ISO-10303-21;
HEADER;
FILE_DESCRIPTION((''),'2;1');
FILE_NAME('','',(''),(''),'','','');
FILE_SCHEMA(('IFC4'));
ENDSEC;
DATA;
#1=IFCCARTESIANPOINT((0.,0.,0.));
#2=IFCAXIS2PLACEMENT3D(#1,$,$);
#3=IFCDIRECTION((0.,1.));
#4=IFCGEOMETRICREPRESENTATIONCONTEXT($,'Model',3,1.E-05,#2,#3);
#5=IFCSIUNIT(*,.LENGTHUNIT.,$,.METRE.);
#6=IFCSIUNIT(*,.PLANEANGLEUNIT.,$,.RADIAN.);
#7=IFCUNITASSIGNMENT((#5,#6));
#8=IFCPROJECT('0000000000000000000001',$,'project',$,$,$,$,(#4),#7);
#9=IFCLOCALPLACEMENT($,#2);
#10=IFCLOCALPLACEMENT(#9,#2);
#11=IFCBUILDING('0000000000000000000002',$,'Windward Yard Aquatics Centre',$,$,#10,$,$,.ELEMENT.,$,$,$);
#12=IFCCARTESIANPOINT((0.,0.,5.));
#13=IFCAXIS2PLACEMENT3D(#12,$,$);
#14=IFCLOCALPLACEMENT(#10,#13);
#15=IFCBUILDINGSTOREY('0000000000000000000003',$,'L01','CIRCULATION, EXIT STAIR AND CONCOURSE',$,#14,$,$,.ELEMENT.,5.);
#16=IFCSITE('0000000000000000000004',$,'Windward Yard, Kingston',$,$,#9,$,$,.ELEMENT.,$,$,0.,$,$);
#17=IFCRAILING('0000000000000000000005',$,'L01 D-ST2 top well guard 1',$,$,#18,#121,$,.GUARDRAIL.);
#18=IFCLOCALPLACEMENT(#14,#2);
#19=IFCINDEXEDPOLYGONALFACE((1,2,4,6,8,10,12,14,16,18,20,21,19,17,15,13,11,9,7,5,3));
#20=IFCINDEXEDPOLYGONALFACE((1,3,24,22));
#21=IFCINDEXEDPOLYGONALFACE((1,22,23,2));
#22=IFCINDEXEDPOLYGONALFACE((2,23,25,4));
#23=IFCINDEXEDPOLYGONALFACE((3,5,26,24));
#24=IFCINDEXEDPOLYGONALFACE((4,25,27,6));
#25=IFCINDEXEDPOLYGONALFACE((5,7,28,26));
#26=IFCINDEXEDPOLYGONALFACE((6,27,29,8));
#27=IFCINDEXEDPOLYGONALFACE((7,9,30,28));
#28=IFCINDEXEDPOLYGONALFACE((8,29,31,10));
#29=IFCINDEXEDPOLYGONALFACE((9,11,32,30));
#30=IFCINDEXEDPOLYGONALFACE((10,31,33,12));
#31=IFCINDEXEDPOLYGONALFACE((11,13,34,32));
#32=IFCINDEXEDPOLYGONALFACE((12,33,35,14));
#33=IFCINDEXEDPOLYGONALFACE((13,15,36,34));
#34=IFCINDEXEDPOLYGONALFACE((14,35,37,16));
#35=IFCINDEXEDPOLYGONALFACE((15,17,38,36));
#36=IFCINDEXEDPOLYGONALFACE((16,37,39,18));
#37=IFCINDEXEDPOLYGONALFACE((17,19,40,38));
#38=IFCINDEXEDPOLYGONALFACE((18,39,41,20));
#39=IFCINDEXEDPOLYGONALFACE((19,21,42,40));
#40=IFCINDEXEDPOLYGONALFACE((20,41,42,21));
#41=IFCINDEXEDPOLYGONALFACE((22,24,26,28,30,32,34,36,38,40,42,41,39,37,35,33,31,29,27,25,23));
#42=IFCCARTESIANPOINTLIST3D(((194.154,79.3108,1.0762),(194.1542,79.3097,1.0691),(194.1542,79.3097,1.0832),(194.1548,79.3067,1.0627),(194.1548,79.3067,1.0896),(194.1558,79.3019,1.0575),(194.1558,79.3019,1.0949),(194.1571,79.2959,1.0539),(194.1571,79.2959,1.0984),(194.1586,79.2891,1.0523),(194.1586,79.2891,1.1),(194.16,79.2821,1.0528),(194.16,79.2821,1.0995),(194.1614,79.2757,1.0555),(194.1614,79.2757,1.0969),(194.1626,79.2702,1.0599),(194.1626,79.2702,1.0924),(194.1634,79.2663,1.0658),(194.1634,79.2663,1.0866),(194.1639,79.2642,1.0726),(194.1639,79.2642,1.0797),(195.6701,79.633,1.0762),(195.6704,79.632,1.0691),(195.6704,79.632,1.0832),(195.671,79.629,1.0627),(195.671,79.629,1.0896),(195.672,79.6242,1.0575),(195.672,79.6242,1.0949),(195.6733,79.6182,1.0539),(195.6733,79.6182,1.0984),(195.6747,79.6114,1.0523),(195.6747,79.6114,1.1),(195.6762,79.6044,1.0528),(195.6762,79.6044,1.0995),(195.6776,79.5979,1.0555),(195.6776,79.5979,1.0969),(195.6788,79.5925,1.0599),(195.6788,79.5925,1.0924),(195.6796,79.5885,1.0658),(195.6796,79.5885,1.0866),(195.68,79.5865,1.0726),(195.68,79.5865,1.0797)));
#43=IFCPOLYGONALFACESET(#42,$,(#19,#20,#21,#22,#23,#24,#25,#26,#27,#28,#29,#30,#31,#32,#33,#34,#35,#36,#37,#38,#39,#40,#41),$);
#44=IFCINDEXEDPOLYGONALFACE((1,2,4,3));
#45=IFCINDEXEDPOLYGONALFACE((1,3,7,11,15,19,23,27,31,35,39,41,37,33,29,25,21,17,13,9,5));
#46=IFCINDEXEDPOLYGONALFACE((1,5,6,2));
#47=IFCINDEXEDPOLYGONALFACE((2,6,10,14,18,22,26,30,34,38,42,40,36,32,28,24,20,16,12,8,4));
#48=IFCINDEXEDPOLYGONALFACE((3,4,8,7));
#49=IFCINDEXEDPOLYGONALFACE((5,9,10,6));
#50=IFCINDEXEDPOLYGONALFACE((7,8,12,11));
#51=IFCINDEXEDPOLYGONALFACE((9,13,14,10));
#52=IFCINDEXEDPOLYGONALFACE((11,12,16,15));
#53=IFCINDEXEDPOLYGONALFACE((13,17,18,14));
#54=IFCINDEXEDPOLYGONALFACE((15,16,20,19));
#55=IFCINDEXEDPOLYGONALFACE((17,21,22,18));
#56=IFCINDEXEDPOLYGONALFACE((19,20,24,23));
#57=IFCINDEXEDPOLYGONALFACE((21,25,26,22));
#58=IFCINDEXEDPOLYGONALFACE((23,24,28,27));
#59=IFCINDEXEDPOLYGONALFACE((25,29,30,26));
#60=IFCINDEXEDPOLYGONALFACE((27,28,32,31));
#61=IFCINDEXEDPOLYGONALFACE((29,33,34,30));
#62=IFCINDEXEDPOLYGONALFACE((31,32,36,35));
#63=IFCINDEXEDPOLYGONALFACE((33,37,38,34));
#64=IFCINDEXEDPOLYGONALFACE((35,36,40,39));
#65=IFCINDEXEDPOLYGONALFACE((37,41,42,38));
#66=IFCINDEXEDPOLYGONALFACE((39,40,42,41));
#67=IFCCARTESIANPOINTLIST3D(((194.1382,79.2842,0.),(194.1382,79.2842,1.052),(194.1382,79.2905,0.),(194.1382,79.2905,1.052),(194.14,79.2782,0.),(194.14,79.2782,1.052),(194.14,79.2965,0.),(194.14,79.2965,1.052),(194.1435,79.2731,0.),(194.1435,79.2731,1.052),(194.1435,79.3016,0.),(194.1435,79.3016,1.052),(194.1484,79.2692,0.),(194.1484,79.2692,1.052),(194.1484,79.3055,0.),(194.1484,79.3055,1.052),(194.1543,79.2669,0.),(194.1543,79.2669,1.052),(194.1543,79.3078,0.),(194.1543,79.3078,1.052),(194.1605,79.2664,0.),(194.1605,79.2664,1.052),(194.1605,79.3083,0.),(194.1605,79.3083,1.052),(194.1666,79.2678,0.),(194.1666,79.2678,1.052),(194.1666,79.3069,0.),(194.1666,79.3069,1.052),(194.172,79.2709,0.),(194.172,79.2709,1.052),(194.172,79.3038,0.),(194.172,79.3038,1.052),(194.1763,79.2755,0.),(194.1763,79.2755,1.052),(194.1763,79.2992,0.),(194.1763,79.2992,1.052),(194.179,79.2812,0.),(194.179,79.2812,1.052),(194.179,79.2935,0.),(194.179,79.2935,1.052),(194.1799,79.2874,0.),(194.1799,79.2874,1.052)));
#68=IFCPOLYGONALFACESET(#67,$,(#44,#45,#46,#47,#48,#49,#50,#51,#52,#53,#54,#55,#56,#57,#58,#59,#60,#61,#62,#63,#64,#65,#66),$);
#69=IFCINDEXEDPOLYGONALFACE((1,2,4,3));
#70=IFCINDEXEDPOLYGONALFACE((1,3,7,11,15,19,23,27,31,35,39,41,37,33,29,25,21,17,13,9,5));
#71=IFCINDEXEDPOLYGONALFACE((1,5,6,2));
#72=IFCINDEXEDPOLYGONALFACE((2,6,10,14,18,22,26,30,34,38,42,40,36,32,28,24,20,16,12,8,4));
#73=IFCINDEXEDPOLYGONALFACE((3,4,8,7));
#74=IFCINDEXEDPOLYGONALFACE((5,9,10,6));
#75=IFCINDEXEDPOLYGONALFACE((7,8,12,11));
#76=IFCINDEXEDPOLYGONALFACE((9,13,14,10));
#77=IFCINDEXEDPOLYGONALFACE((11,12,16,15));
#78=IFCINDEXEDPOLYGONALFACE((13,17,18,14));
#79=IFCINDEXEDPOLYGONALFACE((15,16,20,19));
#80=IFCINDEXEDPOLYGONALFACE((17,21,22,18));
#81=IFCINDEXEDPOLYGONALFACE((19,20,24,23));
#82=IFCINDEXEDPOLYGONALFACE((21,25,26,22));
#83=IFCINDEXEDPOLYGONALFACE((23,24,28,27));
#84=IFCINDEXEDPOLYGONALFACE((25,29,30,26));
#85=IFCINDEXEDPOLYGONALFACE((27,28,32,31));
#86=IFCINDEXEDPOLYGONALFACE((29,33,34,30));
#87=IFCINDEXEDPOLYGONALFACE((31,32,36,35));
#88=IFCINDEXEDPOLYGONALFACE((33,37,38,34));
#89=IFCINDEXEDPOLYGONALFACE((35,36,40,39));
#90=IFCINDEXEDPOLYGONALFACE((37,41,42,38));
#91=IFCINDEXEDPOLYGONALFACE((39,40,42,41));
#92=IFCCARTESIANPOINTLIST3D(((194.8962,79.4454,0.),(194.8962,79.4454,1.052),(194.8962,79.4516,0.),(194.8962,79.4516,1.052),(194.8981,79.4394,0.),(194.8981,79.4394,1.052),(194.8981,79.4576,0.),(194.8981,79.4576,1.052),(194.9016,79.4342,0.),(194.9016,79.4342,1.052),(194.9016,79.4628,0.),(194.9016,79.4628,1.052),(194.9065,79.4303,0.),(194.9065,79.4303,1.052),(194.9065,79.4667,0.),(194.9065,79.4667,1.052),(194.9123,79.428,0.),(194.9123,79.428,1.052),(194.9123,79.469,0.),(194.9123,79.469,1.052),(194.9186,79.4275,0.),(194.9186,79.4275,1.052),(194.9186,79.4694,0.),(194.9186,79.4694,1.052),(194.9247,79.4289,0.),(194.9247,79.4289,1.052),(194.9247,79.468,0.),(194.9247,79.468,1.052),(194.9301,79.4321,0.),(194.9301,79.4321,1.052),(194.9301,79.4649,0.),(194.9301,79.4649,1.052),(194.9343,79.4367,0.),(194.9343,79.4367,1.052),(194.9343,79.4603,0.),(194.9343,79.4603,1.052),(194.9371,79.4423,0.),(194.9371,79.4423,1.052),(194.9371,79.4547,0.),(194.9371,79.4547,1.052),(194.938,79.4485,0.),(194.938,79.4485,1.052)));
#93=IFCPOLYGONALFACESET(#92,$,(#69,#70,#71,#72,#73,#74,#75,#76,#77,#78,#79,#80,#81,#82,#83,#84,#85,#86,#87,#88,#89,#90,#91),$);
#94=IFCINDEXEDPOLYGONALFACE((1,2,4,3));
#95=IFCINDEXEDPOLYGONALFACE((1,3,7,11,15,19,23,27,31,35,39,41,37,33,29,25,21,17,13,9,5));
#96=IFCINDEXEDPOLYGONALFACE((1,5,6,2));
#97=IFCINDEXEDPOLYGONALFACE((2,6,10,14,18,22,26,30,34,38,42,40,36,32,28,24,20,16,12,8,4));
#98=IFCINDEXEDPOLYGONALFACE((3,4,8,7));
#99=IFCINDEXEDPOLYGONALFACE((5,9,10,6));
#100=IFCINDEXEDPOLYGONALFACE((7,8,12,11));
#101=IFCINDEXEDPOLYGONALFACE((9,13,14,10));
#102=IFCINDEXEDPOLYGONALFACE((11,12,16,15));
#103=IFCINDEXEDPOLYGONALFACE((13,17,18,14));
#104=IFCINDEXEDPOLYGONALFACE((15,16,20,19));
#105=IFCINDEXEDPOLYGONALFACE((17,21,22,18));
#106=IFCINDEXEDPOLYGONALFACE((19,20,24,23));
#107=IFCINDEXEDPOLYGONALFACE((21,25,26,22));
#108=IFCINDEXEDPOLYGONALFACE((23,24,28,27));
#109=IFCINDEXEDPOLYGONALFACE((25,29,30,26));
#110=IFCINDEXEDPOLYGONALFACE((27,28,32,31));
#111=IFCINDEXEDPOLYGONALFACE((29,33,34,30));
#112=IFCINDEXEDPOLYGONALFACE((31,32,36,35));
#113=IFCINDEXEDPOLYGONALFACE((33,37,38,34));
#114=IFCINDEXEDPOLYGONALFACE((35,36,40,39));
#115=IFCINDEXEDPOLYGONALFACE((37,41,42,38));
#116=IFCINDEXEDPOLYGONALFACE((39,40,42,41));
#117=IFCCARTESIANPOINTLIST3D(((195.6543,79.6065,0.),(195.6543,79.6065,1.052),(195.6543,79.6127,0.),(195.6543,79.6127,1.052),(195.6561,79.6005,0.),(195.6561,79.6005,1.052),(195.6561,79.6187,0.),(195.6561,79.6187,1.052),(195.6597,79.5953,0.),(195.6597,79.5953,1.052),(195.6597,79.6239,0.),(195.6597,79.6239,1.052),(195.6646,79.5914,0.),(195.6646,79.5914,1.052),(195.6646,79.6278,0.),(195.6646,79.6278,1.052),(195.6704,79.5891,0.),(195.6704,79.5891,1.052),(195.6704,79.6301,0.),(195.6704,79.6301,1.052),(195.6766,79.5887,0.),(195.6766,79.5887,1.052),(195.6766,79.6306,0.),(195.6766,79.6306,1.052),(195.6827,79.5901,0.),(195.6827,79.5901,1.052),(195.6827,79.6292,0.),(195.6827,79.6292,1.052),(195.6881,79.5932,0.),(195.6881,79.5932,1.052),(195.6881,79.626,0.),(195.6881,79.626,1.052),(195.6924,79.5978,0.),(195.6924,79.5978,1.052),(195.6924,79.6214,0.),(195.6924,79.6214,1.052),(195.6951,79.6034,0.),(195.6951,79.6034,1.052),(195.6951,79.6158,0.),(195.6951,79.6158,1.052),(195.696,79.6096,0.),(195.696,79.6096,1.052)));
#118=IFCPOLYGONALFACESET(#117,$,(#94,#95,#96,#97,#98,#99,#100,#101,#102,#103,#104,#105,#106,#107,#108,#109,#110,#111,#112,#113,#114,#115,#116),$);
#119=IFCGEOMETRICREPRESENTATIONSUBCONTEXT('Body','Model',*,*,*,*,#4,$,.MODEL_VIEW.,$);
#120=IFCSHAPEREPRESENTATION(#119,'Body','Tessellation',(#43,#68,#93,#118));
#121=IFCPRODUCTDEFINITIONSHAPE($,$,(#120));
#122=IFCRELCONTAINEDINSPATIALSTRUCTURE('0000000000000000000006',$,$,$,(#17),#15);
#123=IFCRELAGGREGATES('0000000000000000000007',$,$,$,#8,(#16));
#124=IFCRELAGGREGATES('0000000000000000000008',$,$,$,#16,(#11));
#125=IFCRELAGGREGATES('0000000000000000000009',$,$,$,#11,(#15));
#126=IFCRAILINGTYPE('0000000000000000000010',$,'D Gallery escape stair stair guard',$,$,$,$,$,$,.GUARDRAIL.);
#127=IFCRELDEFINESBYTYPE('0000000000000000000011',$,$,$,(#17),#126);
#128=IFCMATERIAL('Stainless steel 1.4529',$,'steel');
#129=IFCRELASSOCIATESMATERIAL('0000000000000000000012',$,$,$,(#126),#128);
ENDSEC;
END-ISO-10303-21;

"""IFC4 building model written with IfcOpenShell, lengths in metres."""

from ifc_helpers import new_model, si_unit, direction, frame, origin, origin_2d, place, context, subcontext, project, spatial, circle, extrude, material, type_object, element, save


model = new_model("IFC4")

# Units and contexts
model_context = context("Model", 3, precision=1e-05, world=origin(), true_north=direction((0.0, 1.0)))
body_context = subcontext(model_context, "Body", "Model", "MODEL_VIEW")
ifc_project = project(units=[si_unit("LENGTHUNIT", "METRE"), si_unit("PLANEANGLEUNIT", "RADIAN")], contexts=[model_context])

# Site, building, storey
site_placement = place(None, origin())
site = spatial("IfcSite", under=ifc_project, at=site_placement, Name="Windward Yard, Kingston", CompositionType="ELEMENT", RefElevation=0.0)
building_placement = place(site_placement, origin())
building = spatial("IfcBuilding", under=site, at=building_placement, Name="Windward Yard Aquatics Centre", CompositionType="ELEMENT")
storey_placement = place(building_placement, frame((0.0, 0.0, 5.0)))
storey = spatial("IfcBuildingStorey", under=building, at=storey_placement, Name="L01", Description="CIRCULATION, EXIT STAIR AND CONCOURSE", CompositionType="ELEMENT", Elevation=5.0)

# Railing
ifc_material_1 = material(Name="Stainless steel 1.4529", Category="steel")
railing_type = type_object("IfcRailingType", Name="D Gallery escape stair stair guard", PredefinedType="GUARDRAIL", material=ifc_material_1)
railing_1_placement = place(storey_placement, frame((194.1589, 79.2874, 0.0)))
element("IfcRailing", 1, at=railing_1_placement, inside=storey, type_object=railing_type, Name="L01 D-ST2 top well guard 1", PredefinedType="GUARDRAIL", context=body_context, shape_type="SweptSolid", body=[
    extrude(circle(Radius=0.0239, at=origin_2d()), frame((0.0, 0.0, 1.0762), z_axis=(0.978147, 0.207915, 0.0), x_axis=(-0.207915, 0.978147, 0.0)), (0.0, 0.0, 1.0), 1.55),
    extrude(circle(Radius=0.021, at=origin_2d()), origin(), (0.0, 0.0, 1.0), 1.052),
    extrude(circle(Radius=0.021, at=origin_2d()), frame((0.7581, 0.1611, 0.0)), (0.0, 0.0, 1.0), 1.052),
    extrude(circle(Radius=0.021, at=origin_2d()), frame((1.5161, 0.3223, 0.0)), (0.0, 0.0, 1.0), 1.052),
])

save(model, "model.ifc")
